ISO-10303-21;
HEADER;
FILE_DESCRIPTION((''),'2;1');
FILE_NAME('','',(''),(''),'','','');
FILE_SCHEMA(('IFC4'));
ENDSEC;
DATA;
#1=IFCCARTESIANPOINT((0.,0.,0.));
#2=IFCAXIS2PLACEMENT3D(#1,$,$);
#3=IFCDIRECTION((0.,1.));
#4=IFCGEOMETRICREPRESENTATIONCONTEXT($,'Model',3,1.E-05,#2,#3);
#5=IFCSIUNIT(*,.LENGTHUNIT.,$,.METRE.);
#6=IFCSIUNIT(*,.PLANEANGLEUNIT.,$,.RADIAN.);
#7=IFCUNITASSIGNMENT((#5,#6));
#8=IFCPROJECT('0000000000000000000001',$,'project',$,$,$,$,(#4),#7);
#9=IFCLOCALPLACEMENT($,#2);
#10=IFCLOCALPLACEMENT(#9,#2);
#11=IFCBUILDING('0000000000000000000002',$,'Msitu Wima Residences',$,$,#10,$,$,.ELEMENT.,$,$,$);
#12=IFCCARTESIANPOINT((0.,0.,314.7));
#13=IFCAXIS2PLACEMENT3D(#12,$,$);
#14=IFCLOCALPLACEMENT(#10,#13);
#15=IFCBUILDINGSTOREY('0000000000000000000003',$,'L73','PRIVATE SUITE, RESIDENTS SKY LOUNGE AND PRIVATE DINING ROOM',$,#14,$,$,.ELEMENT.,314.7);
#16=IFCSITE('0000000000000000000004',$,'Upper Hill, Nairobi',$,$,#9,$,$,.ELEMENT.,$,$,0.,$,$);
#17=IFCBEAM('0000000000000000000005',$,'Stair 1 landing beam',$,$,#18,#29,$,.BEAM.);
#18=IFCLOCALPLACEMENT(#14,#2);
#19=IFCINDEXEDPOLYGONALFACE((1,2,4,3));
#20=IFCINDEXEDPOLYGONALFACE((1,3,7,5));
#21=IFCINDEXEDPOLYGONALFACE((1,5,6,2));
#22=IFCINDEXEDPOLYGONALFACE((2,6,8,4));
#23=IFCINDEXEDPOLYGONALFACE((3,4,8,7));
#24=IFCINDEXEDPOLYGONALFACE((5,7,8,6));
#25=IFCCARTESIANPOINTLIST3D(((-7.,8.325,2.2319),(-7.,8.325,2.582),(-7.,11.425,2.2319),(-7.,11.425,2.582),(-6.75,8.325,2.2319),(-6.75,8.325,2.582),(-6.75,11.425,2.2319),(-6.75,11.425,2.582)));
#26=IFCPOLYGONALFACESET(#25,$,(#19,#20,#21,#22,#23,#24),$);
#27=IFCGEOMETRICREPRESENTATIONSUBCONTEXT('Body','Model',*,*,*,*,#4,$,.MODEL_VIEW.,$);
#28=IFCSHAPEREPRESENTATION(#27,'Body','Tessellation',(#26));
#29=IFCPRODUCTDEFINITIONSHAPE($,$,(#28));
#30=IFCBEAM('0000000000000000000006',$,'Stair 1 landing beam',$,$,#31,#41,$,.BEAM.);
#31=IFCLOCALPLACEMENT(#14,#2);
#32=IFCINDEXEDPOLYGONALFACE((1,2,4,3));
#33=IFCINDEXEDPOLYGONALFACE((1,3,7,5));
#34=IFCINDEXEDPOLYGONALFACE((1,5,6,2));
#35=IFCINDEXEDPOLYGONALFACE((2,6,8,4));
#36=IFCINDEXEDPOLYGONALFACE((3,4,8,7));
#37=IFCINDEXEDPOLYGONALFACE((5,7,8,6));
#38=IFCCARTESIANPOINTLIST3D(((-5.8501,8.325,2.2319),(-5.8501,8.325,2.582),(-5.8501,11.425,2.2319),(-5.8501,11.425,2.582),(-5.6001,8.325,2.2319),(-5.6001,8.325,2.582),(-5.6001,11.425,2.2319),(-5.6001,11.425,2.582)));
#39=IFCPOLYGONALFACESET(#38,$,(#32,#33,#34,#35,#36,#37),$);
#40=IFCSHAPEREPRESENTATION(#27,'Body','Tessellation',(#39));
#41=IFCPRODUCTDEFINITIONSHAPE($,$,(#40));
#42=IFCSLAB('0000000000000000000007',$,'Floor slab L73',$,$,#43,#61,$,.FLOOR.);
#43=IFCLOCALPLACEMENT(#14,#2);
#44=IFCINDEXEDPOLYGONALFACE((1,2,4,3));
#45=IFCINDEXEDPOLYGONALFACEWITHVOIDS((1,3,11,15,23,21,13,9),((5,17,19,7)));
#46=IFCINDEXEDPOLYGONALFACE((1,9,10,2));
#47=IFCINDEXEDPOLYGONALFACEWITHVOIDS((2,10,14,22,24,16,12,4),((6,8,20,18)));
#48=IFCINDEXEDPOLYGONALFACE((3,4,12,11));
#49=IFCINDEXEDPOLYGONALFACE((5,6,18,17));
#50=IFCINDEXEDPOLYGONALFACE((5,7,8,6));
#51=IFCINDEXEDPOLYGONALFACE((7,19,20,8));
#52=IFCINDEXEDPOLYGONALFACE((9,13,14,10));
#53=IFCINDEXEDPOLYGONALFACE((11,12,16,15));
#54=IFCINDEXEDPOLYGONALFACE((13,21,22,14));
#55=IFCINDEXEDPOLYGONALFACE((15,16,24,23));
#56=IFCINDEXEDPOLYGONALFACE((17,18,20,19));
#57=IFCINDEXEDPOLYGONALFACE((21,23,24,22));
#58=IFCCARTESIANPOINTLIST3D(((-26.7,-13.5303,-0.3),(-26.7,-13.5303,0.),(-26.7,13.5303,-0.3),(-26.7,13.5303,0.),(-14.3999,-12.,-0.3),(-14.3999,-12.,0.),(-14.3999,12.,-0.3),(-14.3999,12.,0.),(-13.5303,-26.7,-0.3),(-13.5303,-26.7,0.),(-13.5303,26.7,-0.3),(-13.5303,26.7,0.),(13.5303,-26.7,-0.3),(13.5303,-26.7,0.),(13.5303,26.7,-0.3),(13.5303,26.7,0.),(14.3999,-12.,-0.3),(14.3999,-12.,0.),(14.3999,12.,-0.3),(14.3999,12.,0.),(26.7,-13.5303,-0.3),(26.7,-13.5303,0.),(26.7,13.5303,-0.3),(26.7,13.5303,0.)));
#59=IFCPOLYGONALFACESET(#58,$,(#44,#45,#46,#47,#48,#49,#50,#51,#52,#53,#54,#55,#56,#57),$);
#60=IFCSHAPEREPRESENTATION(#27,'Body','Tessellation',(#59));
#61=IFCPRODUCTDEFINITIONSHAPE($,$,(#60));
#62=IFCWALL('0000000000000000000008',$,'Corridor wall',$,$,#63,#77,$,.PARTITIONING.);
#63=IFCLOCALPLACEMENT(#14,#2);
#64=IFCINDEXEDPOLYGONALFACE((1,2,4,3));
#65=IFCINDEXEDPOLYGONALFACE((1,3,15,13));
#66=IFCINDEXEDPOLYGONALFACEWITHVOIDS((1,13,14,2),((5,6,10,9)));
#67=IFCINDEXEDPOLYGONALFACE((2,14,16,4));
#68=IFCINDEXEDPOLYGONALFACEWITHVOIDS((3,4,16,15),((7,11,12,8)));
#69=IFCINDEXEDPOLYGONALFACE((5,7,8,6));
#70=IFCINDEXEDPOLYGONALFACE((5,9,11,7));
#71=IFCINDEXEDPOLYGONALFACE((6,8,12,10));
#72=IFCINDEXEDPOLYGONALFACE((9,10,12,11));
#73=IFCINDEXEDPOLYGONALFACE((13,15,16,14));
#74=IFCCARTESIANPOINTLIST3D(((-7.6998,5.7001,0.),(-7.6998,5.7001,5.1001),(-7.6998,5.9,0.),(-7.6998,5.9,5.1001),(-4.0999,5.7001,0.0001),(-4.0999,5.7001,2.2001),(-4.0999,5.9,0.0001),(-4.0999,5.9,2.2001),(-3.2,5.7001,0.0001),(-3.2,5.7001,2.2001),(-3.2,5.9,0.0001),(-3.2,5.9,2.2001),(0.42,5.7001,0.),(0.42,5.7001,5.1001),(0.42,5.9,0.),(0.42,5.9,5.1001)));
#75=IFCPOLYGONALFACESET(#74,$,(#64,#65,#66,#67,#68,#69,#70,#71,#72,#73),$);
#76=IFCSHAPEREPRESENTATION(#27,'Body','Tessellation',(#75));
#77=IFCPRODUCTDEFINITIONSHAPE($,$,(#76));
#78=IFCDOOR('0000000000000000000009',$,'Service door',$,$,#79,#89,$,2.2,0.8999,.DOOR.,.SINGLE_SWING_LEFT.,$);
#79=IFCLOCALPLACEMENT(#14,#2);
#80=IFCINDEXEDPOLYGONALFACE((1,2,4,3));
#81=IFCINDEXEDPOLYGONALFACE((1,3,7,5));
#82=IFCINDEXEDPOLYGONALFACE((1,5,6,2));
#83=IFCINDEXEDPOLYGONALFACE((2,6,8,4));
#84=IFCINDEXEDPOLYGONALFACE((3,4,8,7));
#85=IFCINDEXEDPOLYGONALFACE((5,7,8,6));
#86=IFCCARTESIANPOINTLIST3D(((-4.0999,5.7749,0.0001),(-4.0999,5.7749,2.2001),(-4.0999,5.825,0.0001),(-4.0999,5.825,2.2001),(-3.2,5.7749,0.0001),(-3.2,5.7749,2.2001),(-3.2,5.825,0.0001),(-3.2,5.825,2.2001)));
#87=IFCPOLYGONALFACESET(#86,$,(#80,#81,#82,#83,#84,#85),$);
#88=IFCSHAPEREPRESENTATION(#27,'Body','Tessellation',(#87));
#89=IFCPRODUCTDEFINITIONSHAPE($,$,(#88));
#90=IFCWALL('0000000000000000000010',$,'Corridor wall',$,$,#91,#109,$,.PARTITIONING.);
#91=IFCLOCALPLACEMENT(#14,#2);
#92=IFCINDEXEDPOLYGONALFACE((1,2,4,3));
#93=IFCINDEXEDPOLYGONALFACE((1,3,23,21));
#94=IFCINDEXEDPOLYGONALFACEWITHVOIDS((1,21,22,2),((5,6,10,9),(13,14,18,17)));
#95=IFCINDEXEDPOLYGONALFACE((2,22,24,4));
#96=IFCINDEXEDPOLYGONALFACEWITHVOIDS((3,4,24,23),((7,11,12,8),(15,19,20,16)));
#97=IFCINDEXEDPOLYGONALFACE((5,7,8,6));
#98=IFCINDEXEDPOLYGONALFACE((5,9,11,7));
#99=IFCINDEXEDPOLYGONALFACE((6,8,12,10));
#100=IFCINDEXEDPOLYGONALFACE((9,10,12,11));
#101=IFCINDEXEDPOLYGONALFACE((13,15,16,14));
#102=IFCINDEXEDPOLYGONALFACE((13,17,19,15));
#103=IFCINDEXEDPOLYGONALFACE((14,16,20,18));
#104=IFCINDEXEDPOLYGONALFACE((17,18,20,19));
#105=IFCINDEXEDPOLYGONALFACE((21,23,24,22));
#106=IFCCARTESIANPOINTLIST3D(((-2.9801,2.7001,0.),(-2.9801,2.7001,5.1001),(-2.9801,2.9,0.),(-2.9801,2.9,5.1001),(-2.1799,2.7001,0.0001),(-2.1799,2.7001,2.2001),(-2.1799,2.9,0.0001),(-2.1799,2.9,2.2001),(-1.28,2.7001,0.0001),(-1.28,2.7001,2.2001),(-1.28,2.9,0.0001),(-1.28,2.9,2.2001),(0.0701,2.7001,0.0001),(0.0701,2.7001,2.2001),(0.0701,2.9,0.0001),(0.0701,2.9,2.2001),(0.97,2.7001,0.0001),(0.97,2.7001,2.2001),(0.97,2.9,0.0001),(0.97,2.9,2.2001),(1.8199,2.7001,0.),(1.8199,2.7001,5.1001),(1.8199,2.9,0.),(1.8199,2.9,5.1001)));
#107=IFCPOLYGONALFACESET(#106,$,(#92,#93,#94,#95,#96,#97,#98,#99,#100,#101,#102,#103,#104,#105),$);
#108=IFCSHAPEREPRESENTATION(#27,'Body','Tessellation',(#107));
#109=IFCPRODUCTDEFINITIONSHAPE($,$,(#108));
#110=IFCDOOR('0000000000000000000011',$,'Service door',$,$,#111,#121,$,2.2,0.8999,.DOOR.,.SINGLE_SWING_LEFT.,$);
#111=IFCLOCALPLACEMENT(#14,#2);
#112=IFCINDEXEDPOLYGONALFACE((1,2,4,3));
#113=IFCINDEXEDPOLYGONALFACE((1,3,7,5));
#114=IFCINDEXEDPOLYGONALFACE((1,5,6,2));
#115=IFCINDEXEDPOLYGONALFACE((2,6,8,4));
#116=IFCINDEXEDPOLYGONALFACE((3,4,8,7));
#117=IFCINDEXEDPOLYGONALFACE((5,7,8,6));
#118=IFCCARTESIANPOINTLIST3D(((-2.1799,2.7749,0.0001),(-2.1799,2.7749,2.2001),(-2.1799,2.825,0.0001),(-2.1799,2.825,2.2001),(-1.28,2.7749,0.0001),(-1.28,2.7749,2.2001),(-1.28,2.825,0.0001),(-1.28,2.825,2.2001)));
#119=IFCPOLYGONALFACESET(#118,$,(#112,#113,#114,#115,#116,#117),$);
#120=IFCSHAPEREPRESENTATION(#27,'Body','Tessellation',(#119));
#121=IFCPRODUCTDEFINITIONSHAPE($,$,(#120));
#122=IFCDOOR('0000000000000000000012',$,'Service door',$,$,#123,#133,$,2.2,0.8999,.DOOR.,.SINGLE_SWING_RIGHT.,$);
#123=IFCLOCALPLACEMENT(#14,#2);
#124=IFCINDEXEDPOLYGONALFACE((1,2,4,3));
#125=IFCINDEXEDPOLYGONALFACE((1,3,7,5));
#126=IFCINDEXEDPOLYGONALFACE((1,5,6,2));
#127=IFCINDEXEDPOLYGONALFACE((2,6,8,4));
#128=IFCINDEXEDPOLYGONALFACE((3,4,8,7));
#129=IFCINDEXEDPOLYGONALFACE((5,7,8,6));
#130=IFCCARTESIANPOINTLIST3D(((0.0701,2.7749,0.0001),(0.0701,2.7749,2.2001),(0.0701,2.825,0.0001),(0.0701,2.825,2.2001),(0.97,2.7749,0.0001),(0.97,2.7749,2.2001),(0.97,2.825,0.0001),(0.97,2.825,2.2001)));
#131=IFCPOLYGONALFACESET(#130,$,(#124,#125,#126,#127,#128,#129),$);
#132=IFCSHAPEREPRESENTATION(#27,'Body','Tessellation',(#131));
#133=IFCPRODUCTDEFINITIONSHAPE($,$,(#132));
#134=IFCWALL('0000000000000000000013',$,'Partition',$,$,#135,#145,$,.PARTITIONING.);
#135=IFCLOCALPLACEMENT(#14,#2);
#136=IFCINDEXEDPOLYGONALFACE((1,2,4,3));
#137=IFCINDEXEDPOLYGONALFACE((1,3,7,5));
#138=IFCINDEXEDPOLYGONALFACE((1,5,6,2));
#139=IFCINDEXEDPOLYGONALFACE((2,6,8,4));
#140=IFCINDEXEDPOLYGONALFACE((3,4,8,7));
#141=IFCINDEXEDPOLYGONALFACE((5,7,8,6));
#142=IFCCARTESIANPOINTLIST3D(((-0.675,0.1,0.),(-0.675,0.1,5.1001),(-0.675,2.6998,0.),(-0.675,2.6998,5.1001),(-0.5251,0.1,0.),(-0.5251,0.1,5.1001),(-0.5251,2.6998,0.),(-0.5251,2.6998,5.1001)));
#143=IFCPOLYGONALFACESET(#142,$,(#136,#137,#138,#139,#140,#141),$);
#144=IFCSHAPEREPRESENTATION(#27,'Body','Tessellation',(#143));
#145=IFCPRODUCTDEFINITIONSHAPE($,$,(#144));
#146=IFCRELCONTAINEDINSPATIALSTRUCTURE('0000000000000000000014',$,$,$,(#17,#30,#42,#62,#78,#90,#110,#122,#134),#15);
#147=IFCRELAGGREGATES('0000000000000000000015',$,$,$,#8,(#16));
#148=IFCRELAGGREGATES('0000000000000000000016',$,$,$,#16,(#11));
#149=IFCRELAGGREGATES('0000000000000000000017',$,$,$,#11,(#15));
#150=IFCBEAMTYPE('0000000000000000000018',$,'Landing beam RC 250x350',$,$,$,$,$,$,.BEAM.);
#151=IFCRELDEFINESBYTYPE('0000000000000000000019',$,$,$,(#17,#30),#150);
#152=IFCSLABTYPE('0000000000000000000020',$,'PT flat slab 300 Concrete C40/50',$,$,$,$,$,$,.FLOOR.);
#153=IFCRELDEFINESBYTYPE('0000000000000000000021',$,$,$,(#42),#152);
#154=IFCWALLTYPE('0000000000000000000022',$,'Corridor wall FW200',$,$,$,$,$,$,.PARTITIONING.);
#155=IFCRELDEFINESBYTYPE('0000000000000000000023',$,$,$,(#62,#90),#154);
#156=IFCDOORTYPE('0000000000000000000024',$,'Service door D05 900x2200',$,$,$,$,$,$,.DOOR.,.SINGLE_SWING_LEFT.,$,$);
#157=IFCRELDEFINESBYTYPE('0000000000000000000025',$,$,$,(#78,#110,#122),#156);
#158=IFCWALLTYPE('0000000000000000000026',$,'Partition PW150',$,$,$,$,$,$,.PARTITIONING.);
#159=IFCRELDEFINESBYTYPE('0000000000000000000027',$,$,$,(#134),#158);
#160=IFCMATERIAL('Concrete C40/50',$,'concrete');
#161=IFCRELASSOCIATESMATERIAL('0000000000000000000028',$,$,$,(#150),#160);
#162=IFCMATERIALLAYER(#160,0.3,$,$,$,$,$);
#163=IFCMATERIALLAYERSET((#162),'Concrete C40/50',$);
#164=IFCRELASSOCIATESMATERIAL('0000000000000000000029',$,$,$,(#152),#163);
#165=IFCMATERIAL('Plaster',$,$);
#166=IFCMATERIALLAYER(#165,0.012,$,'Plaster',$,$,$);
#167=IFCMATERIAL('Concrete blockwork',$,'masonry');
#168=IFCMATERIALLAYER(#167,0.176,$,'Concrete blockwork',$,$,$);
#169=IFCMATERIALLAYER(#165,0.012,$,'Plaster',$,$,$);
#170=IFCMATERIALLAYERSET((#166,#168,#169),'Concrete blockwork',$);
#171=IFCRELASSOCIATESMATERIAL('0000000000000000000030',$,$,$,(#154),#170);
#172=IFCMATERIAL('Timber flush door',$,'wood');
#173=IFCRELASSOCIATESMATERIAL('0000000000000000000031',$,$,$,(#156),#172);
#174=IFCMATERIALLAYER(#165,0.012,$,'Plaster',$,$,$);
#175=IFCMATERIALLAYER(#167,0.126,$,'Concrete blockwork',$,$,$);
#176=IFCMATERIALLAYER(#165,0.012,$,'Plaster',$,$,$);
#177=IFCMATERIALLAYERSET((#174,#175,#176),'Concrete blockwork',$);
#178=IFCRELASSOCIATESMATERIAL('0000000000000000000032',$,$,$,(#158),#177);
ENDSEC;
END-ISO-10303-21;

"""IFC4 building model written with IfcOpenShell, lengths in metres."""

from ifc_helpers import new_model, si_unit, direction, frame, frame_2d, origin, origin_2d, place, context, subcontext, project, spatial, polyline, rectangle, outline, extrude, material, layer, layer_set, material_profile, profile_set, type_object, element, fill, save


model = new_model("IFC4")

# Units and contexts
model_context = context("Model", 3, precision=1e-05, world=origin(), true_north=direction((0.0, 1.0)))
body_context = subcontext(model_context, "Body", "Model", "MODEL_VIEW")
ifc_project = project(units=[si_unit("LENGTHUNIT", "METRE"), si_unit("PLANEANGLEUNIT", "RADIAN")], contexts=[model_context])

# Site, building, storey
site_placement = place(None, origin())
site = spatial("IfcSite", under=ifc_project, at=site_placement, Name="Upper Hill, Nairobi", CompositionType="ELEMENT", RefElevation=0.0)
building_placement = place(site_placement, origin())
building = spatial("IfcBuilding", under=site, at=building_placement, Name="Msitu Wima Residences", CompositionType="ELEMENT")
storey_placement = place(building_placement, frame((0.0, 0.0, 314.7)))
storey = spatial("IfcBuildingStorey", under=building, at=storey_placement, Name="L73", Description="PRIVATE SUITE, RESIDENTS SKY LOUNGE AND PRIVATE DINING ROOM", CompositionType="ELEMENT", Elevation=314.7)

# Beams
ifc_material_1 = material(Name="Concrete C40/50", Category="concrete")
ifc_material_profile = material_profile(ifc_material_1, rectangle(XDim=0.25, YDim=0.3501, at=origin_2d()), Name="RC 250x350")
ifc_profile_set = profile_set([ifc_material_profile], Name="Concrete C40/50")
beam_type = type_object("IfcBeamType", Name="Landing beam RC 250x350", PredefinedType="BEAM", material=ifc_profile_set)
for number, where, z_axis, x_axis, name in (
    (1, (-6.875, 8.325, 2.407), (0.0, 1.0, 0.0), (-1.0, 0.0, 0.0), "Stair 1 landing beam"),
    (2, (-5.7251, 8.325, 2.407), (0.0, 1.0, 0.0), (-1.0, 0.0, 0.0), "Stair 1 landing beam"),
):
    element("IfcBeam", number, at=place(storey_placement, frame(where, z_axis=z_axis, x_axis=x_axis)), inside=storey, type_object=beam_type, Name=name, PredefinedType="BEAM", context=body_context, shape_type="SweptSolid", body=[
        extrude(rectangle(XDim=0.25, YDim=0.3501, at=origin_2d()), origin(), (0.0, 0.0, 1.0), 3.1001),
    ])

# Slab
ifc_layer_1 = layer(ifc_material_1, 0.3)
ifc_layer_set_1 = layer_set([ifc_layer_1], Name="Concrete C40/50")
slab_type = type_object("IfcSlabType", Name="PT flat slab 300 Concrete C40/50", PredefinedType="FLOOR", material=ifc_layer_set_1)
slab_placement = place(storey_placement, frame((0.0, 0.0, -0.3)))
element("IfcSlab", 3, at=slab_placement, inside=storey, type_object=slab_type, Name="Floor slab L73", PredefinedType="FLOOR", context=body_context, shape_type="SweptSolid", body=[
    extrude(outline(polyline([(26.7, -13.5303), (13.5303, -26.7), (-13.5303, -26.7), (-26.7, -13.5303), (-26.7, 13.5303), (-13.5303, 26.7), (13.5303, 26.7), (26.7, 13.5303), (26.7, -13.5303)]), holes=[polyline([(-14.3999, -12.0), (14.3999, -12.0), (14.3999, 12.0), (-14.3999, 12.0), (-14.3999, -12.0)])]), origin(), (0.0, 0.0, 1.0), 0.3),
])

# Wall, opening, door
ifc_material_2 = material(Name="Plaster")
ifc_layer_2 = layer(ifc_material_2, 0.012, Name="Plaster")
ifc_material_3 = material(Name="Concrete blockwork", Category="masonry")
ifc_layer_3 = layer(ifc_material_3, 0.176, Name="Concrete blockwork")
ifc_layer_4 = layer(ifc_material_2, 0.012, Name="Plaster")
ifc_layer_set_2 = layer_set([ifc_layer_2, ifc_layer_3, ifc_layer_4], Name="Concrete blockwork")
wall_type_1 = type_object("IfcWallType", Name="Corridor wall FW200", PredefinedType="PARTITIONING", material=ifc_layer_set_2)
wall_1_placement = place(storey_placement, frame((-7.7, 5.8, 0.0), z_axis=(0.0, 0.0, 1.0), x_axis=(1.0, 0.0, 0.0)))
wall_1 = element("IfcWall", 4, at=wall_1_placement, inside=storey, type_object=wall_type_1, Name="Corridor wall", PredefinedType="PARTITIONING", context=body_context, shape_type="SweptSolid", body=[
    extrude(rectangle(XDim=8.1199, YDim=0.2, at=frame_2d((4.0601, 0.0))), origin(), (0.0, 0.0, 1.0), 5.1001),
])
opening_1_placement = place(wall_1_placement, frame((3.6001, 0.0, 0.0)))
opening_1 = element("IfcOpeningElement", 5, at=opening_1_placement, cuts=wall_1, PredefinedType="OPENING", context=body_context, shape_type="SweptSolid", body=[
    extrude(rectangle(XDim=0.8999, YDim=2.2, at=frame_2d((0.45, 1.1001))), frame((0.0, 0.1099, 0.0), z_axis=(0.0, -1.0, 0.0), x_axis=(1.0, 0.0, 0.0)), (0.0, 0.0, 1.0), 0.22),
])
ifc_material_4 = material(Name="Timber flush door", Category="wood")
door_type_1 = type_object("IfcDoorType", Name="Service door D05 900x2200", OperationType="SINGLE_SWING_LEFT", PredefinedType="DOOR", material=ifc_material_4)
door_1_placement = place(opening_1_placement, origin())
door_1 = element("IfcDoor", 6, at=door_1_placement, inside=storey, type_object=door_type_1, Name="Service door", OperationType="SINGLE_SWING_LEFT", OverallHeight=2.2, OverallWidth=0.8999, PredefinedType="DOOR", context=body_context, shape_type="SweptSolid", body=[
    extrude(rectangle(XDim=0.8999, YDim=2.2, at=frame_2d((0.45, 1.1001))), frame((0.0, 0.0249, 0.0), z_axis=(0.0, -1.0, 0.0), x_axis=(1.0, 0.0, 0.0)), (0.0, 0.0, 1.0), 0.05),
])
fill(opening_1, door_1)

# Wall, openings, doors
wall_2_placement = place(storey_placement, frame((-2.98, 2.8, 0.0), z_axis=(0.0, 0.0, 1.0), x_axis=(1.0, 0.0, 0.0)))
wall_2 = element("IfcWall", 7, at=wall_2_placement, inside=storey, type_object=wall_type_1, Name="Corridor wall", PredefinedType="PARTITIONING", context=body_context, shape_type="SweptSolid", body=[
    extrude(rectangle(XDim=4.8, YDim=0.2, at=frame_2d((2.3999, 0.0))), origin(), (0.0, 0.0, 1.0), 5.1001),
])
opening_2_placement = place(wall_2_placement, frame((0.8, 0.0, 0.0)))
opening_2 = element("IfcOpeningElement", 8, at=opening_2_placement, cuts=wall_2, PredefinedType="OPENING", context=body_context, shape_type="SweptSolid", body=[
    extrude(rectangle(XDim=0.8999, YDim=2.2, at=frame_2d((0.45, 1.1001))), frame((0.0, 0.1099, 0.0), z_axis=(0.0, -1.0, 0.0), x_axis=(1.0, 0.0, 0.0)), (0.0, 0.0, 1.0), 0.22),
])
opening_3_placement = place(wall_2_placement, frame((3.05, 0.0, 0.0)))
opening_3 = element("IfcOpeningElement", 9, at=opening_3_placement, cuts=wall_2, PredefinedType="OPENING", context=body_context, shape_type="SweptSolid", body=[
    extrude(rectangle(XDim=0.8999, YDim=2.2, at=frame_2d((0.45, 1.1001))), frame((0.0, 0.1099, 0.0), z_axis=(0.0, -1.0, 0.0), x_axis=(1.0, 0.0, 0.0)), (0.0, 0.0, 1.0), 0.22),
])
door_2_placement = place(opening_2_placement, origin())
door_2 = element("IfcDoor", 10, at=door_2_placement, inside=storey, type_object=door_type_1, Name="Service door", OperationType="SINGLE_SWING_LEFT", OverallHeight=2.2, OverallWidth=0.8999, PredefinedType="DOOR", context=body_context, shape_type="SweptSolid", body=[
    extrude(rectangle(XDim=0.8999, YDim=2.2, at=frame_2d((0.45, 1.1001))), frame((0.0, 0.0249, 0.0), z_axis=(0.0, -1.0, 0.0), x_axis=(1.0, 0.0, 0.0)), (0.0, 0.0, 1.0), 0.05),
])
fill(opening_2, door_2)
door_3_placement = place(opening_3_placement, origin())
door_3 = element("IfcDoor", 11, at=door_3_placement, inside=storey, type_object=door_type_1, Name="Service door", OperationType="SINGLE_SWING_RIGHT", OverallHeight=2.2, OverallWidth=0.8999, PredefinedType="DOOR", context=body_context, shape_type="SweptSolid", body=[
    extrude(rectangle(XDim=0.8999, YDim=2.2, at=frame_2d((0.45, 1.1001))), frame((0.0, 0.0249, 0.0), z_axis=(0.0, -1.0, 0.0), x_axis=(1.0, 0.0, 0.0)), (0.0, 0.0, 1.0), 0.05),
])
fill(opening_3, door_3)

# Wall
ifc_layer_5 = layer(ifc_material_2, 0.012, Name="Plaster")
ifc_layer_6 = layer(ifc_material_3, 0.126, Name="Concrete blockwork")
ifc_layer_7 = layer(ifc_material_2, 0.012, Name="Plaster")
ifc_layer_set_3 = layer_set([ifc_layer_5, ifc_layer_6, ifc_layer_7], Name="Concrete blockwork")
wall_type_2 = type_object("IfcWallType", Name="Partition PW150", PredefinedType="PARTITIONING", material=ifc_layer_set_3)
wall_3_placement = place(storey_placement, frame((-0.6001, 0.1001, 0.0), z_axis=(0.0, 0.0, 1.0), x_axis=(0.0, 1.0, 0.0)))
element("IfcWall", 12, at=wall_3_placement, inside=storey, type_object=wall_type_2, Name="Partition", PredefinedType="PARTITIONING", context=body_context, shape_type="SweptSolid", body=[
    extrude(rectangle(XDim=2.5999, YDim=0.1499, at=frame_2d((1.2998, 0.0))), origin(), (0.0, 0.0, 1.0), 5.1001),
])

save(model, "model.ifc")
